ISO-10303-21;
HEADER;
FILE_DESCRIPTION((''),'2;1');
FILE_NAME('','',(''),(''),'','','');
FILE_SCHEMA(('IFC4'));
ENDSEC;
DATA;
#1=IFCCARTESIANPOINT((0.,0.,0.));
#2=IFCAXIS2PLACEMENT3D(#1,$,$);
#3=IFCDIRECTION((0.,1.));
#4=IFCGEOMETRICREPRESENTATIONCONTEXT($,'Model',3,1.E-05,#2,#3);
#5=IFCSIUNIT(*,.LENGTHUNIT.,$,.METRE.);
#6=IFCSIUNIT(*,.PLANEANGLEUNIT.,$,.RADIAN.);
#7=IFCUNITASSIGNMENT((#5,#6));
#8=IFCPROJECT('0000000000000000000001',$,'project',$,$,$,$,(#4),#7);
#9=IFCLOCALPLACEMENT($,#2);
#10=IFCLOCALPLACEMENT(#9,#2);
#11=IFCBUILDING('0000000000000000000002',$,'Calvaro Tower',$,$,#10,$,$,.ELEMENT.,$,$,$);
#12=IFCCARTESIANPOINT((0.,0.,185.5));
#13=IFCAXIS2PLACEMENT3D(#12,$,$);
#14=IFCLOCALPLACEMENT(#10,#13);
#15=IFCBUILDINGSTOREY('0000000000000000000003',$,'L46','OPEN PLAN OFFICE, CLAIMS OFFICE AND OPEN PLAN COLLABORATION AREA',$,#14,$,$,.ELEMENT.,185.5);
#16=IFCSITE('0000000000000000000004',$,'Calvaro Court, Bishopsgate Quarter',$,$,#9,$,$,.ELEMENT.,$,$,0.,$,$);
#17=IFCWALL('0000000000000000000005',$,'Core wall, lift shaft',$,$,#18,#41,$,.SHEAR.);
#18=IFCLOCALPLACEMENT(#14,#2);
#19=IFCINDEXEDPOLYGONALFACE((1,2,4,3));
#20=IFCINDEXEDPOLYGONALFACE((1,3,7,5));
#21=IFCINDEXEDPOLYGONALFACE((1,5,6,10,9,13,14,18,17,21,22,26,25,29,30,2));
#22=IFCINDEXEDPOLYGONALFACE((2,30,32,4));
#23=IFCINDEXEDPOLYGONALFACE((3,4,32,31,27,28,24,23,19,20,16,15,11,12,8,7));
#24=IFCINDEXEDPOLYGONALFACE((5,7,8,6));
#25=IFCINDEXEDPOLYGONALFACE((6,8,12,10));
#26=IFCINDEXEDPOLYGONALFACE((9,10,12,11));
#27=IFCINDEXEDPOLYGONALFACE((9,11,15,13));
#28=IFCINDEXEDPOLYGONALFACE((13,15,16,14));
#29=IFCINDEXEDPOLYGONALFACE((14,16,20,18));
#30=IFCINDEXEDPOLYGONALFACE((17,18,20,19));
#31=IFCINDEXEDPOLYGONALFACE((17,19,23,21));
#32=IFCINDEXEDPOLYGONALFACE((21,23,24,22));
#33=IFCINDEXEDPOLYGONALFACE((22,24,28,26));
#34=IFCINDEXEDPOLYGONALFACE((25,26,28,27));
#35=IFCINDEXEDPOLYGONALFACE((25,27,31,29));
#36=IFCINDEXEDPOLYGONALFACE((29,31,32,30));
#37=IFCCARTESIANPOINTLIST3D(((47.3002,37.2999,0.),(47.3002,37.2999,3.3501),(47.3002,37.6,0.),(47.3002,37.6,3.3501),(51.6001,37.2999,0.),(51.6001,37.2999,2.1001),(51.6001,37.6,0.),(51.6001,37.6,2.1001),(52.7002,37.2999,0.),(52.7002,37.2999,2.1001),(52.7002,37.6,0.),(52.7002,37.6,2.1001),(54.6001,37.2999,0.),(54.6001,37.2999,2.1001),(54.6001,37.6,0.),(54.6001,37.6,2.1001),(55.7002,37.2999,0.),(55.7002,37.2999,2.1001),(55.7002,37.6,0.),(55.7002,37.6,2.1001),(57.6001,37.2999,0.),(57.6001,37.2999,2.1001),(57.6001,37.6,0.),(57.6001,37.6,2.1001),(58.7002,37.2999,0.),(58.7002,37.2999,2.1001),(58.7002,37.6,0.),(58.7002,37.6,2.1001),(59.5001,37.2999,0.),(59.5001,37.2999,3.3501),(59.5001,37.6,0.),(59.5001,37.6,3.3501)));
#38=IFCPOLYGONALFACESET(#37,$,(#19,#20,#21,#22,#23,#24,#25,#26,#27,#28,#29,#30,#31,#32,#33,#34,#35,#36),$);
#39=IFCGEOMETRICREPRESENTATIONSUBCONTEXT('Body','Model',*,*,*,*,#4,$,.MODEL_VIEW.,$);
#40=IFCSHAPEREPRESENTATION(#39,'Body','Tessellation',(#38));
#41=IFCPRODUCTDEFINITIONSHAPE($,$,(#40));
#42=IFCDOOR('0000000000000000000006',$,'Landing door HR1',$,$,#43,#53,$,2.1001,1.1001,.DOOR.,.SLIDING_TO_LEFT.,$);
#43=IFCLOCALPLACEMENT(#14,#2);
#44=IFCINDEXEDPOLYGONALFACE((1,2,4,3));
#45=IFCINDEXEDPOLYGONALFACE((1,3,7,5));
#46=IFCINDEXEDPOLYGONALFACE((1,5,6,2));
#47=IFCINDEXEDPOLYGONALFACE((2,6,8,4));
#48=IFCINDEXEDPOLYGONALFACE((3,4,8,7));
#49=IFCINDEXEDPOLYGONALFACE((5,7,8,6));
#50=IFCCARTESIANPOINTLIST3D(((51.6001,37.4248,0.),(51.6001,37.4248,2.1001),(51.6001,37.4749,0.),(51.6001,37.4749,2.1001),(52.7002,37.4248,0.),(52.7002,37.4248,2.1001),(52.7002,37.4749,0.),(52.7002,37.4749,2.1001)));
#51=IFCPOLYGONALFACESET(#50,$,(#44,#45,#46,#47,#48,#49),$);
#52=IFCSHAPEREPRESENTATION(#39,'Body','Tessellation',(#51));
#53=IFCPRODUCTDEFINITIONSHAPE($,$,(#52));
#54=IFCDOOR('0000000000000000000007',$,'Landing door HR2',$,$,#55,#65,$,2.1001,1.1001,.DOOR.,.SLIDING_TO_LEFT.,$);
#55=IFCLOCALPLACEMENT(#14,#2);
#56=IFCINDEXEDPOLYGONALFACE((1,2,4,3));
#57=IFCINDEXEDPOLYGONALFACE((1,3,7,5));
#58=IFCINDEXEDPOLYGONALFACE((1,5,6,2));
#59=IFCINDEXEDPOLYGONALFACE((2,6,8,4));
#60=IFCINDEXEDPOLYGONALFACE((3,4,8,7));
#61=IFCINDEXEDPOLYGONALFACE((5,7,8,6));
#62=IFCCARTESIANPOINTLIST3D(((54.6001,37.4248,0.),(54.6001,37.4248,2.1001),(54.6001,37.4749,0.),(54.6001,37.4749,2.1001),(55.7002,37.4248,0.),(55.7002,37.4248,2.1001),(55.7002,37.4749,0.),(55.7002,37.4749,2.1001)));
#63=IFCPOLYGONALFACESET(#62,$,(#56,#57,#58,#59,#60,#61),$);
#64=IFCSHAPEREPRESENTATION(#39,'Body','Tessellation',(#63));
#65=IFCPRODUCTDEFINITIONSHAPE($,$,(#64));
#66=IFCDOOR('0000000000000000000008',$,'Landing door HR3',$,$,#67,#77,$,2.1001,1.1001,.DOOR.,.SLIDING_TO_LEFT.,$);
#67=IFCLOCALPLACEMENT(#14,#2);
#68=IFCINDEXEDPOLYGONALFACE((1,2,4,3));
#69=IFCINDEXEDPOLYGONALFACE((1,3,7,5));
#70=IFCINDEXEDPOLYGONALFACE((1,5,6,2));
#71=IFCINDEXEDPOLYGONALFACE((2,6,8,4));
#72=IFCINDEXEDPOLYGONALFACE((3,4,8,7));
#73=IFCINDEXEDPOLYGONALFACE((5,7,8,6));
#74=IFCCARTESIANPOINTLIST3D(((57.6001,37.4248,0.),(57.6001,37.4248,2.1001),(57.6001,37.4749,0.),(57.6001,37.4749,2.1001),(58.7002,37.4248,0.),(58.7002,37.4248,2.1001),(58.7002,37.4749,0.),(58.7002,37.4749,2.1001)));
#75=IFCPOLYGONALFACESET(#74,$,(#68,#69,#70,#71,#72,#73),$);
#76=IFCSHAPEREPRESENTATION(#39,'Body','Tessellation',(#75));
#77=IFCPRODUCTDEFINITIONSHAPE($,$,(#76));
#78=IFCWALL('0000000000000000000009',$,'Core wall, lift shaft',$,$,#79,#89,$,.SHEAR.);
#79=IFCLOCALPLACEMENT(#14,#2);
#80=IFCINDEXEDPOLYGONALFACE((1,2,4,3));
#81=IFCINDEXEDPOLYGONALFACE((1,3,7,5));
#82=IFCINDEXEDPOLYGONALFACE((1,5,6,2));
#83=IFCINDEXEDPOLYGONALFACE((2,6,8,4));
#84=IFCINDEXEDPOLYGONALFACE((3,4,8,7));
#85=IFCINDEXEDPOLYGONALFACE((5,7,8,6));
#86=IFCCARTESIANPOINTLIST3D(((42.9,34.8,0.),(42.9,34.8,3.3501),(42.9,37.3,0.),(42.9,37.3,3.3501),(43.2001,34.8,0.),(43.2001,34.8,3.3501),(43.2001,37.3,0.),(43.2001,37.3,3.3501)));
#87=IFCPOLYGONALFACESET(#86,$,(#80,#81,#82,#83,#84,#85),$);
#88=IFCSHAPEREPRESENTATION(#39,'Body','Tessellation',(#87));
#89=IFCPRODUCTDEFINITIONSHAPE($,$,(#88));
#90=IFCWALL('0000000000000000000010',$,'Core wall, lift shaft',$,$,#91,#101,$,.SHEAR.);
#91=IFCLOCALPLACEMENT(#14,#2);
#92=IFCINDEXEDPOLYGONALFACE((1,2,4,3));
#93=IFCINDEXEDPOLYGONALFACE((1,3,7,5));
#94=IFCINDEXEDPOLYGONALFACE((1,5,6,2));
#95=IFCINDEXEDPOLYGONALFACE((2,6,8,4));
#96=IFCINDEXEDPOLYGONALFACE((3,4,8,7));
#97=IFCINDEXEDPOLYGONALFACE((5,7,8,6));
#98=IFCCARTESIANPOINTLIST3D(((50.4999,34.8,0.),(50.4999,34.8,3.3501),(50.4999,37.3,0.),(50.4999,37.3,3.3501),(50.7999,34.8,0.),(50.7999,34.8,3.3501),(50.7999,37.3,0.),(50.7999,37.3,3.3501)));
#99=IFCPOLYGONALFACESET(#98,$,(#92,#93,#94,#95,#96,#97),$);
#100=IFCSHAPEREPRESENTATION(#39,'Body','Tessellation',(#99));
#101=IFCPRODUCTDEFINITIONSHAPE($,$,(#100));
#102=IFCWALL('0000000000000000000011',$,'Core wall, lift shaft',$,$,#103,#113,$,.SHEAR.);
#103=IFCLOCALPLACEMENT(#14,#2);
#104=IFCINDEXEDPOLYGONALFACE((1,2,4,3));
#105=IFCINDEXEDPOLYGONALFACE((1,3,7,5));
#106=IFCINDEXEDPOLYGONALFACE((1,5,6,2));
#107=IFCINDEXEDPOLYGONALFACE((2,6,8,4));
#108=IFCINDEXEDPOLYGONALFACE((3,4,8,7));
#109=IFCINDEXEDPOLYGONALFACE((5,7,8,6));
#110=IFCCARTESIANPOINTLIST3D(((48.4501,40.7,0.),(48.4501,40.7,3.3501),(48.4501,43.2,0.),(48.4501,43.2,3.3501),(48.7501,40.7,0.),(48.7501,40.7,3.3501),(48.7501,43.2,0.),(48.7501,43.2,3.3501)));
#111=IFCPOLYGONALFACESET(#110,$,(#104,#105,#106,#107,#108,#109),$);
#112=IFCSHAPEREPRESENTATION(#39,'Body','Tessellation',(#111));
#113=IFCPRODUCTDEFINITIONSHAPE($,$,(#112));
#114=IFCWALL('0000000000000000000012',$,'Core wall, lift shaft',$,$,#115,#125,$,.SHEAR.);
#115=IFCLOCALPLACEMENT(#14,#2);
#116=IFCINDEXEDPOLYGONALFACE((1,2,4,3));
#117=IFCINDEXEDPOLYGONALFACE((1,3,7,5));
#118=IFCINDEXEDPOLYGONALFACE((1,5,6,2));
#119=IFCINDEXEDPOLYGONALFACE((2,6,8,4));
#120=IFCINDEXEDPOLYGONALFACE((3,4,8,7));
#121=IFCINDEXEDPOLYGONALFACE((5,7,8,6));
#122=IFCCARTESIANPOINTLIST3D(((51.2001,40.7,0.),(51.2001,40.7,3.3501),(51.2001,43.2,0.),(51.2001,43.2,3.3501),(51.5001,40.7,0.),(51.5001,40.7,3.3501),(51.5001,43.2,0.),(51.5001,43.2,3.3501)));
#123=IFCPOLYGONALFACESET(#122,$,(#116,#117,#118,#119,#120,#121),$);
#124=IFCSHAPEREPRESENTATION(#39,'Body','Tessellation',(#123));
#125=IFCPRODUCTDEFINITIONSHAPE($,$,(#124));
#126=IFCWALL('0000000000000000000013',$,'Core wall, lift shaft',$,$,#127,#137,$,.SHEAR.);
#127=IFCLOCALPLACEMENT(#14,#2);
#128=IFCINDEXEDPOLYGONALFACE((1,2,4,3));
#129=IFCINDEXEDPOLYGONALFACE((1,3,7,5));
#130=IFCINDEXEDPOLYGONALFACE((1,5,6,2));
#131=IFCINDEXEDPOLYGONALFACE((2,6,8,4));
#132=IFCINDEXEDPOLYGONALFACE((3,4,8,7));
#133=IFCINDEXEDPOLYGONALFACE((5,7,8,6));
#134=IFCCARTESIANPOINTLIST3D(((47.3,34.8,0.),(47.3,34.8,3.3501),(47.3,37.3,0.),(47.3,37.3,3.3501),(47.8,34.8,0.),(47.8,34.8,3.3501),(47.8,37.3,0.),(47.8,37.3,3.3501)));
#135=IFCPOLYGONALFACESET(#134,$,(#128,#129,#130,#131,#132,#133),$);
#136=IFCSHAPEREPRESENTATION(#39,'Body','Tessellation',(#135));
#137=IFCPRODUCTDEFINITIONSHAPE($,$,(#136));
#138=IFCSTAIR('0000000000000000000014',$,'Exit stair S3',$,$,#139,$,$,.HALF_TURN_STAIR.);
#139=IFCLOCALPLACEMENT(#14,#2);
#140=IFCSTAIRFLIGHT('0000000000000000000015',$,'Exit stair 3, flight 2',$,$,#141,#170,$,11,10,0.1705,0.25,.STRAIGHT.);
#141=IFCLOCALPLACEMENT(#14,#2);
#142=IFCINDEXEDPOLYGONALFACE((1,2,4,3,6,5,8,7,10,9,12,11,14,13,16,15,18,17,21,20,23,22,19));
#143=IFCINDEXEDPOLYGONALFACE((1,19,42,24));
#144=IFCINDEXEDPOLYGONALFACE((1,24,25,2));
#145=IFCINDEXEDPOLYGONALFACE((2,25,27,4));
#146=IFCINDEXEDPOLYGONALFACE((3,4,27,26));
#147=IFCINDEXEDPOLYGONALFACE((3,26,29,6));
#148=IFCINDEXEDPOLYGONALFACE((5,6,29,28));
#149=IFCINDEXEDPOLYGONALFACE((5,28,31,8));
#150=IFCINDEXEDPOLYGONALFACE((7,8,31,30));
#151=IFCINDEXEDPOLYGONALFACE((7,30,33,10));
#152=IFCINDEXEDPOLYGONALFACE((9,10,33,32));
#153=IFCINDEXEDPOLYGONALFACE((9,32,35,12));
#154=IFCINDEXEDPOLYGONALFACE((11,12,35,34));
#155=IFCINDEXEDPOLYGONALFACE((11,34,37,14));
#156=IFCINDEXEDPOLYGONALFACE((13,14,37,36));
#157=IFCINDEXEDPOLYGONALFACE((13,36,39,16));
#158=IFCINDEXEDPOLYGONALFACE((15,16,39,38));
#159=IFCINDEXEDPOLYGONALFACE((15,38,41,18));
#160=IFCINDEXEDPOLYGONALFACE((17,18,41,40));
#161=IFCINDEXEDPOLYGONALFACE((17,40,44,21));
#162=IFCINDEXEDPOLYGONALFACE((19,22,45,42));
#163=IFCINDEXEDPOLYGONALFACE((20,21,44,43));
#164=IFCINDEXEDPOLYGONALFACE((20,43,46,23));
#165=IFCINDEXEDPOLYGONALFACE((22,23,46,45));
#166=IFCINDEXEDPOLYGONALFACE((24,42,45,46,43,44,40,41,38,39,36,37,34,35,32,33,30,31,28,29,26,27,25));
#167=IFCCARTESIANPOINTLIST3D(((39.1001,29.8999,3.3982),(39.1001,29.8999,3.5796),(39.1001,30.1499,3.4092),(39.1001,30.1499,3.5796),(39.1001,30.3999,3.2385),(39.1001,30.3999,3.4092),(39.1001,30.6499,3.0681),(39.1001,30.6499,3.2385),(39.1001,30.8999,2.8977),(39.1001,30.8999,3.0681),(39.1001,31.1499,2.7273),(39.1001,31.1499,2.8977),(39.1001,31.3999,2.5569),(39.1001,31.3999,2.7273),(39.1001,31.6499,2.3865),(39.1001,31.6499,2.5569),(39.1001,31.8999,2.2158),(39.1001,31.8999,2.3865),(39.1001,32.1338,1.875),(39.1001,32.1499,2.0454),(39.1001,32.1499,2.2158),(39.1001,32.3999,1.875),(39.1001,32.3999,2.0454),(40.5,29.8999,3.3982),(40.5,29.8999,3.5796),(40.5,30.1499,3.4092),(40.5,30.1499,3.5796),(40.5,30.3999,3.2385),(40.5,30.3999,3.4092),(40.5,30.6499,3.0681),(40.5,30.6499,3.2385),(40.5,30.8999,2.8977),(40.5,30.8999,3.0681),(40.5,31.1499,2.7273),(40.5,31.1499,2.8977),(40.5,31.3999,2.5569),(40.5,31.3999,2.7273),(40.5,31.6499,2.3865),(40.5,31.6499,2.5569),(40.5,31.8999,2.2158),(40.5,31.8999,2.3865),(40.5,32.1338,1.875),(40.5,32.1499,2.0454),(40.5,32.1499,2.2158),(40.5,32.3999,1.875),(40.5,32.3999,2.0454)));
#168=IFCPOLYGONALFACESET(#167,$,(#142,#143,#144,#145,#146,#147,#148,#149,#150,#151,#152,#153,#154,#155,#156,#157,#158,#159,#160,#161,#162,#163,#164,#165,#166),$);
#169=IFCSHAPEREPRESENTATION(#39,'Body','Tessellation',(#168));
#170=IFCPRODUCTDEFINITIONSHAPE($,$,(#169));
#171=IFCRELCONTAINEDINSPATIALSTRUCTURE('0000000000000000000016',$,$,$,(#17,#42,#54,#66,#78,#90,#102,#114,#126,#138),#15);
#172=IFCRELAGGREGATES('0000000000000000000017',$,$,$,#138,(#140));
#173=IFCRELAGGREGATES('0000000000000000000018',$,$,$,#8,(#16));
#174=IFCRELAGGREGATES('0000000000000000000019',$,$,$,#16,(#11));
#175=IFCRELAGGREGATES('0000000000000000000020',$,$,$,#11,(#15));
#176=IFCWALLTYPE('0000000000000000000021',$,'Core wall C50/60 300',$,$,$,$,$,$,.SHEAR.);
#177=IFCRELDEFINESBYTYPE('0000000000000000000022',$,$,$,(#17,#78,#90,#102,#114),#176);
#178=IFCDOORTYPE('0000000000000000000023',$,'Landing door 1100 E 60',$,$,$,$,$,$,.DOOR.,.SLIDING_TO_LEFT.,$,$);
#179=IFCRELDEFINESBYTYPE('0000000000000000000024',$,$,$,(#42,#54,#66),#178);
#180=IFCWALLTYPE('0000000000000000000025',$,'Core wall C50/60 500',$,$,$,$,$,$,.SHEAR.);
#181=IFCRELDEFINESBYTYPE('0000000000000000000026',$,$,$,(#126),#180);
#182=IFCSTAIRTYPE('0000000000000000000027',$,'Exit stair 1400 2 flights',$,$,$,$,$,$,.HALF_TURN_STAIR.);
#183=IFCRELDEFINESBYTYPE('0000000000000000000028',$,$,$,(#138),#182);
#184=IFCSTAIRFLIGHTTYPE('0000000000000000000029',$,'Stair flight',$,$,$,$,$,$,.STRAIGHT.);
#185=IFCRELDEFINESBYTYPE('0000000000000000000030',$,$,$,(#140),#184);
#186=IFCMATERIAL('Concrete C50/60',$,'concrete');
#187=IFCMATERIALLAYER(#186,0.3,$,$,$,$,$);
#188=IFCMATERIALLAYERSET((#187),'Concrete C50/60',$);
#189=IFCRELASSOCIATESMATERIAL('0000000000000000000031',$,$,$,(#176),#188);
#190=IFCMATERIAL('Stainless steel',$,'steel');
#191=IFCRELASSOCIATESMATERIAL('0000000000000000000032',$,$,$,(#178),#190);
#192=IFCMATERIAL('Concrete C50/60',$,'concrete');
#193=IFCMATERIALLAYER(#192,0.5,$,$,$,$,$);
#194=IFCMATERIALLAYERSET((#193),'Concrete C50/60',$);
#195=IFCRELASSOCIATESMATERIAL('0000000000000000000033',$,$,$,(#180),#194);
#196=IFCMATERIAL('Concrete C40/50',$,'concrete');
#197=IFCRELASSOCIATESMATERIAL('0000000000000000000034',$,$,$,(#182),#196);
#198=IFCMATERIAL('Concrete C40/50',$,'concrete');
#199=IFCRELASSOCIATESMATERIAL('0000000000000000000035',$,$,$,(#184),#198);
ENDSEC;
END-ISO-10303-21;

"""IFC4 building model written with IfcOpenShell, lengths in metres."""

from ifc_helpers import new_model, si_unit, direction, frame, frame_2d, origin, place, context, subcontext, project, spatial, polyline, rectangle, outline, extrude, material, layer, layer_set, type_object, element, fill, aggregate, save


model = new_model("IFC4")

# Units and contexts
model_context = context("Model", 3, precision=1e-05, world=origin(), true_north=direction((0.0, 1.0)))
body_context = subcontext(model_context, "Body", "Model", "MODEL_VIEW")
ifc_project = project(units=[si_unit("LENGTHUNIT", "METRE"), si_unit("PLANEANGLEUNIT", "RADIAN")], contexts=[model_context])

# Site, building, storey
site_placement = place(None, origin())
site = spatial("IfcSite", under=ifc_project, at=site_placement, Name="Calvaro Court, Bishopsgate Quarter", CompositionType="ELEMENT", RefElevation=0.0)
building_placement = place(site_placement, origin())
building = spatial("IfcBuilding", under=site, at=building_placement, Name="Calvaro Tower", CompositionType="ELEMENT")
storey_placement = place(building_placement, frame((0.0, 0.0, 185.5)))
storey = spatial("IfcBuildingStorey", under=building, at=storey_placement, Name="L46", Description="OPEN PLAN OFFICE, CLAIMS OFFICE AND OPEN PLAN COLLABORATION AREA", CompositionType="ELEMENT", Elevation=185.5)

# Shared definitions
ifc_material_1 = material(Name="Concrete C50/60", Category="concrete")
ifc_layer_1 = layer(ifc_material_1, 0.3)
ifc_layer_set_1 = layer_set([ifc_layer_1], Name="Concrete C50/60")
wall_type_1 = type_object("IfcWallType", Name="Core wall C50/60 300", PredefinedType="SHEAR", material=ifc_layer_set_1)
ifc_material_2 = material(Name="Stainless steel", Category="steel")
door_type_1 = type_object("IfcDoorType", Name="Landing door 1100 E 60", OperationType="SLIDING_TO_LEFT", PredefinedType="DOOR", material=ifc_material_2)

# Wall, openings, doors
wall_1_placement = place(storey_placement, frame((47.3, 37.45, 0.0), z_axis=(0.0, 0.0, 1.0), x_axis=(1.0, 0.0, 0.0)))
wall_1 = element("IfcWall", 1, at=wall_1_placement, inside=storey, type_object=wall_type_1, Name="Core wall, lift shaft", PredefinedType="SHEAR", context=body_context, shape_type="SweptSolid", body=[
    extrude(rectangle(XDim=12.2, YDim=0.3, at=frame_2d((6.1001, 0.0))), origin(), (0.0, 0.0, 1.0), 3.3501),
])
opening_1_placement = place(wall_1_placement, frame((4.3, 0.0, 0.0)))
opening_1 = element("IfcOpeningElement", 2, at=opening_1_placement, cuts=wall_1, PredefinedType="OPENING", context=body_context, shape_type="SweptSolid", body=[
    extrude(rectangle(XDim=1.1001, YDim=2.1001, at=frame_2d((0.55, 1.05))), frame((0.0, 0.1599, 0.0), z_axis=(0.0, -1.0, 0.0), x_axis=(1.0, 0.0, 0.0)), (0.0, 0.0, 1.0), 0.3201),
])
opening_2_placement = place(wall_1_placement, frame((7.3, 0.0, 0.0)))
opening_2 = element("IfcOpeningElement", 3, at=opening_2_placement, cuts=wall_1, PredefinedType="OPENING", context=body_context, shape_type="SweptSolid", body=[
    extrude(rectangle(XDim=1.1001, YDim=2.1001, at=frame_2d((0.55, 1.05))), frame((0.0, 0.1599, 0.0), z_axis=(0.0, -1.0, 0.0), x_axis=(1.0, 0.0, 0.0)), (0.0, 0.0, 1.0), 0.3201),
])
opening_3_placement = place(wall_1_placement, frame((10.3, 0.0, 0.0)))
opening_3 = element("IfcOpeningElement", 4, at=opening_3_placement, cuts=wall_1, PredefinedType="OPENING", context=body_context, shape_type="SweptSolid", body=[
    extrude(rectangle(XDim=1.1001, YDim=2.1001, at=frame_2d((0.55, 1.05))), frame((0.0, 0.1599, 0.0), z_axis=(0.0, -1.0, 0.0), x_axis=(1.0, 0.0, 0.0)), (0.0, 0.0, 1.0), 0.3201),
])
door_1_placement = place(opening_1_placement, origin())
door_1 = element("IfcDoor", 5, at=door_1_placement, inside=storey, type_object=door_type_1, Name="Landing door HR1", OperationType="SLIDING_TO_LEFT", OverallHeight=2.1001, OverallWidth=1.1001, PredefinedType="DOOR", context=body_context, shape_type="SweptSolid", body=[
    extrude(rectangle(XDim=1.1001, YDim=2.1001, at=frame_2d((0.55, 1.05))), frame((0.0, 0.0249, 0.0), z_axis=(0.0, -1.0, 0.0), x_axis=(1.0, 0.0, 0.0)), (0.0, 0.0, 1.0), 0.05),
])
fill(opening_1, door_1)
door_2_placement = place(opening_2_placement, origin())
door_2 = element("IfcDoor", 6, at=door_2_placement, inside=storey, type_object=door_type_1, Name="Landing door HR2", OperationType="SLIDING_TO_LEFT", OverallHeight=2.1001, OverallWidth=1.1001, PredefinedType="DOOR", context=body_context, shape_type="SweptSolid", body=[
    extrude(rectangle(XDim=1.1001, YDim=2.1001, at=frame_2d((0.55, 1.05))), frame((0.0, 0.0249, 0.0), z_axis=(0.0, -1.0, 0.0), x_axis=(1.0, 0.0, 0.0)), (0.0, 0.0, 1.0), 0.05),
])
fill(opening_2, door_2)
door_3_placement = place(opening_3_placement, origin())
door_3 = element("IfcDoor", 7, at=door_3_placement, inside=storey, type_object=door_type_1, Name="Landing door HR3", OperationType="SLIDING_TO_LEFT", OverallHeight=2.1001, OverallWidth=1.1001, PredefinedType="DOOR", context=body_context, shape_type="SweptSolid", body=[
    extrude(rectangle(XDim=1.1001, YDim=2.1001, at=frame_2d((0.55, 1.05))), frame((0.0, 0.0249, 0.0), z_axis=(0.0, -1.0, 0.0), x_axis=(1.0, 0.0, 0.0)), (0.0, 0.0, 1.0), 0.05),
])
fill(opening_3, door_3)

# Walls
for number, where, z_axis, x_axis, name in (
    (8, (43.05, 34.8, 0.0), (0.0, 0.0, 1.0), (0.0, 1.0, 0.0), "Core wall, lift shaft"),
    (9, (50.6499, 34.8, 0.0), (0.0, 0.0, 1.0), (0.0, 1.0, 0.0), "Core wall, lift shaft"),
    (10, (48.6001, 40.7, 0.0), (0.0, 0.0, 1.0), (0.0, 1.0, 0.0), "Core wall, lift shaft"),
    (11, (51.3501, 40.7, 0.0), (0.0, 0.0, 1.0), (0.0, 1.0, 0.0), "Core wall, lift shaft"),
):
    element("IfcWall", number, at=place(storey_placement, frame(where, z_axis=z_axis, x_axis=x_axis)), inside=storey, type_object=wall_type_1, Name=name, PredefinedType="SHEAR", context=body_context, shape_type="SweptSolid", body=[
        extrude(rectangle(XDim=2.5, YDim=0.3, at=frame_2d((1.25, 0.0))), origin(), (0.0, 0.0, 1.0), 3.3501),
    ])
ifc_material_3 = material(Name="Concrete C50/60", Category="concrete")
ifc_layer_2 = layer(ifc_material_3, 0.5)
ifc_layer_set_2 = layer_set([ifc_layer_2], Name="Concrete C50/60")
wall_type_2 = type_object("IfcWallType", Name="Core wall C50/60 500", PredefinedType="SHEAR", material=ifc_layer_set_2)
wall_2_placement = place(storey_placement, frame((47.55, 34.8, 0.0), z_axis=(0.0, 0.0, 1.0), x_axis=(0.0, 1.0, 0.0)))
element("IfcWall", 12, at=wall_2_placement, inside=storey, type_object=wall_type_2, Name="Core wall, lift shaft", PredefinedType="SHEAR", context=body_context, shape_type="SweptSolid", body=[
    extrude(rectangle(XDim=2.5, YDim=0.5, at=frame_2d((1.25, 0.0))), origin(), (0.0, 0.0, 1.0), 3.3501),
])

# Stair, stair flight
ifc_material_4 = material(Name="Concrete C40/50", Category="concrete")
stair_type = type_object("IfcStairType", Name="Exit stair 1400 2 flights", PredefinedType="HALF_TURN_STAIR", material=ifc_material_4)
stair_1_placement = place(storey_placement, origin())
stair_1 = element("IfcStair", 13, at=stair_1_placement, inside=storey, type_object=stair_type, Name="Exit stair S3", PredefinedType="HALF_TURN_STAIR")
ifc_material_5 = material(Name="Concrete C40/50", Category="concrete")
stair_flight_type = type_object("IfcStairFlightType", Name="Stair flight", PredefinedType="STRAIGHT", material=ifc_material_5)
stair_flight_1_placement = place(storey_placement, frame((39.8, 32.3999, 1.875), z_axis=(0.0, 0.0, 1.0), x_axis=(0.0, -1.0, 0.0)))
stair_flight_1 = element("IfcStairFlight", 14, at=stair_flight_1_placement, type_object=stair_flight_type, Name="Exit stair 3, flight 2", NumberOfRisers=11, NumberOfTreads=10, PredefinedType="STRAIGHT", RiserHeight=0.1705, TreadLength=0.25, context=body_context, shape_type="SweptSolid", body=[
    extrude(outline(polyline([(0.0, 0.0), (0.0, 0.1704), (0.25, 0.1704), (0.25, 0.3408), (0.5, 0.3408), (0.5, 0.5115), (0.75, 0.5115), (0.75, 0.6819), (1.0, 0.6819), (1.0, 0.8523), (1.25, 0.8523), (1.25, 1.0227), (1.5, 1.0227), (1.5, 1.1931), (1.75, 1.1931), (1.75, 1.3635), (2.0, 1.3635), (2.0, 1.5342), (2.25, 1.5342), (2.25, 1.7046), (2.5, 1.7046), (2.5, 1.875), (2.5, 1.5232), (0.2661, 0.0), (0.0, 0.0)])), frame((0.0, 0.7, 0.0), z_axis=(0.0, -1.0, 0.0), x_axis=(1.0, 0.0, 0.0)), (0.0, 0.0, 1.0), 1.3999),
])

aggregate(stair_1, [stair_flight_1])

save(model, "model.ifc")
